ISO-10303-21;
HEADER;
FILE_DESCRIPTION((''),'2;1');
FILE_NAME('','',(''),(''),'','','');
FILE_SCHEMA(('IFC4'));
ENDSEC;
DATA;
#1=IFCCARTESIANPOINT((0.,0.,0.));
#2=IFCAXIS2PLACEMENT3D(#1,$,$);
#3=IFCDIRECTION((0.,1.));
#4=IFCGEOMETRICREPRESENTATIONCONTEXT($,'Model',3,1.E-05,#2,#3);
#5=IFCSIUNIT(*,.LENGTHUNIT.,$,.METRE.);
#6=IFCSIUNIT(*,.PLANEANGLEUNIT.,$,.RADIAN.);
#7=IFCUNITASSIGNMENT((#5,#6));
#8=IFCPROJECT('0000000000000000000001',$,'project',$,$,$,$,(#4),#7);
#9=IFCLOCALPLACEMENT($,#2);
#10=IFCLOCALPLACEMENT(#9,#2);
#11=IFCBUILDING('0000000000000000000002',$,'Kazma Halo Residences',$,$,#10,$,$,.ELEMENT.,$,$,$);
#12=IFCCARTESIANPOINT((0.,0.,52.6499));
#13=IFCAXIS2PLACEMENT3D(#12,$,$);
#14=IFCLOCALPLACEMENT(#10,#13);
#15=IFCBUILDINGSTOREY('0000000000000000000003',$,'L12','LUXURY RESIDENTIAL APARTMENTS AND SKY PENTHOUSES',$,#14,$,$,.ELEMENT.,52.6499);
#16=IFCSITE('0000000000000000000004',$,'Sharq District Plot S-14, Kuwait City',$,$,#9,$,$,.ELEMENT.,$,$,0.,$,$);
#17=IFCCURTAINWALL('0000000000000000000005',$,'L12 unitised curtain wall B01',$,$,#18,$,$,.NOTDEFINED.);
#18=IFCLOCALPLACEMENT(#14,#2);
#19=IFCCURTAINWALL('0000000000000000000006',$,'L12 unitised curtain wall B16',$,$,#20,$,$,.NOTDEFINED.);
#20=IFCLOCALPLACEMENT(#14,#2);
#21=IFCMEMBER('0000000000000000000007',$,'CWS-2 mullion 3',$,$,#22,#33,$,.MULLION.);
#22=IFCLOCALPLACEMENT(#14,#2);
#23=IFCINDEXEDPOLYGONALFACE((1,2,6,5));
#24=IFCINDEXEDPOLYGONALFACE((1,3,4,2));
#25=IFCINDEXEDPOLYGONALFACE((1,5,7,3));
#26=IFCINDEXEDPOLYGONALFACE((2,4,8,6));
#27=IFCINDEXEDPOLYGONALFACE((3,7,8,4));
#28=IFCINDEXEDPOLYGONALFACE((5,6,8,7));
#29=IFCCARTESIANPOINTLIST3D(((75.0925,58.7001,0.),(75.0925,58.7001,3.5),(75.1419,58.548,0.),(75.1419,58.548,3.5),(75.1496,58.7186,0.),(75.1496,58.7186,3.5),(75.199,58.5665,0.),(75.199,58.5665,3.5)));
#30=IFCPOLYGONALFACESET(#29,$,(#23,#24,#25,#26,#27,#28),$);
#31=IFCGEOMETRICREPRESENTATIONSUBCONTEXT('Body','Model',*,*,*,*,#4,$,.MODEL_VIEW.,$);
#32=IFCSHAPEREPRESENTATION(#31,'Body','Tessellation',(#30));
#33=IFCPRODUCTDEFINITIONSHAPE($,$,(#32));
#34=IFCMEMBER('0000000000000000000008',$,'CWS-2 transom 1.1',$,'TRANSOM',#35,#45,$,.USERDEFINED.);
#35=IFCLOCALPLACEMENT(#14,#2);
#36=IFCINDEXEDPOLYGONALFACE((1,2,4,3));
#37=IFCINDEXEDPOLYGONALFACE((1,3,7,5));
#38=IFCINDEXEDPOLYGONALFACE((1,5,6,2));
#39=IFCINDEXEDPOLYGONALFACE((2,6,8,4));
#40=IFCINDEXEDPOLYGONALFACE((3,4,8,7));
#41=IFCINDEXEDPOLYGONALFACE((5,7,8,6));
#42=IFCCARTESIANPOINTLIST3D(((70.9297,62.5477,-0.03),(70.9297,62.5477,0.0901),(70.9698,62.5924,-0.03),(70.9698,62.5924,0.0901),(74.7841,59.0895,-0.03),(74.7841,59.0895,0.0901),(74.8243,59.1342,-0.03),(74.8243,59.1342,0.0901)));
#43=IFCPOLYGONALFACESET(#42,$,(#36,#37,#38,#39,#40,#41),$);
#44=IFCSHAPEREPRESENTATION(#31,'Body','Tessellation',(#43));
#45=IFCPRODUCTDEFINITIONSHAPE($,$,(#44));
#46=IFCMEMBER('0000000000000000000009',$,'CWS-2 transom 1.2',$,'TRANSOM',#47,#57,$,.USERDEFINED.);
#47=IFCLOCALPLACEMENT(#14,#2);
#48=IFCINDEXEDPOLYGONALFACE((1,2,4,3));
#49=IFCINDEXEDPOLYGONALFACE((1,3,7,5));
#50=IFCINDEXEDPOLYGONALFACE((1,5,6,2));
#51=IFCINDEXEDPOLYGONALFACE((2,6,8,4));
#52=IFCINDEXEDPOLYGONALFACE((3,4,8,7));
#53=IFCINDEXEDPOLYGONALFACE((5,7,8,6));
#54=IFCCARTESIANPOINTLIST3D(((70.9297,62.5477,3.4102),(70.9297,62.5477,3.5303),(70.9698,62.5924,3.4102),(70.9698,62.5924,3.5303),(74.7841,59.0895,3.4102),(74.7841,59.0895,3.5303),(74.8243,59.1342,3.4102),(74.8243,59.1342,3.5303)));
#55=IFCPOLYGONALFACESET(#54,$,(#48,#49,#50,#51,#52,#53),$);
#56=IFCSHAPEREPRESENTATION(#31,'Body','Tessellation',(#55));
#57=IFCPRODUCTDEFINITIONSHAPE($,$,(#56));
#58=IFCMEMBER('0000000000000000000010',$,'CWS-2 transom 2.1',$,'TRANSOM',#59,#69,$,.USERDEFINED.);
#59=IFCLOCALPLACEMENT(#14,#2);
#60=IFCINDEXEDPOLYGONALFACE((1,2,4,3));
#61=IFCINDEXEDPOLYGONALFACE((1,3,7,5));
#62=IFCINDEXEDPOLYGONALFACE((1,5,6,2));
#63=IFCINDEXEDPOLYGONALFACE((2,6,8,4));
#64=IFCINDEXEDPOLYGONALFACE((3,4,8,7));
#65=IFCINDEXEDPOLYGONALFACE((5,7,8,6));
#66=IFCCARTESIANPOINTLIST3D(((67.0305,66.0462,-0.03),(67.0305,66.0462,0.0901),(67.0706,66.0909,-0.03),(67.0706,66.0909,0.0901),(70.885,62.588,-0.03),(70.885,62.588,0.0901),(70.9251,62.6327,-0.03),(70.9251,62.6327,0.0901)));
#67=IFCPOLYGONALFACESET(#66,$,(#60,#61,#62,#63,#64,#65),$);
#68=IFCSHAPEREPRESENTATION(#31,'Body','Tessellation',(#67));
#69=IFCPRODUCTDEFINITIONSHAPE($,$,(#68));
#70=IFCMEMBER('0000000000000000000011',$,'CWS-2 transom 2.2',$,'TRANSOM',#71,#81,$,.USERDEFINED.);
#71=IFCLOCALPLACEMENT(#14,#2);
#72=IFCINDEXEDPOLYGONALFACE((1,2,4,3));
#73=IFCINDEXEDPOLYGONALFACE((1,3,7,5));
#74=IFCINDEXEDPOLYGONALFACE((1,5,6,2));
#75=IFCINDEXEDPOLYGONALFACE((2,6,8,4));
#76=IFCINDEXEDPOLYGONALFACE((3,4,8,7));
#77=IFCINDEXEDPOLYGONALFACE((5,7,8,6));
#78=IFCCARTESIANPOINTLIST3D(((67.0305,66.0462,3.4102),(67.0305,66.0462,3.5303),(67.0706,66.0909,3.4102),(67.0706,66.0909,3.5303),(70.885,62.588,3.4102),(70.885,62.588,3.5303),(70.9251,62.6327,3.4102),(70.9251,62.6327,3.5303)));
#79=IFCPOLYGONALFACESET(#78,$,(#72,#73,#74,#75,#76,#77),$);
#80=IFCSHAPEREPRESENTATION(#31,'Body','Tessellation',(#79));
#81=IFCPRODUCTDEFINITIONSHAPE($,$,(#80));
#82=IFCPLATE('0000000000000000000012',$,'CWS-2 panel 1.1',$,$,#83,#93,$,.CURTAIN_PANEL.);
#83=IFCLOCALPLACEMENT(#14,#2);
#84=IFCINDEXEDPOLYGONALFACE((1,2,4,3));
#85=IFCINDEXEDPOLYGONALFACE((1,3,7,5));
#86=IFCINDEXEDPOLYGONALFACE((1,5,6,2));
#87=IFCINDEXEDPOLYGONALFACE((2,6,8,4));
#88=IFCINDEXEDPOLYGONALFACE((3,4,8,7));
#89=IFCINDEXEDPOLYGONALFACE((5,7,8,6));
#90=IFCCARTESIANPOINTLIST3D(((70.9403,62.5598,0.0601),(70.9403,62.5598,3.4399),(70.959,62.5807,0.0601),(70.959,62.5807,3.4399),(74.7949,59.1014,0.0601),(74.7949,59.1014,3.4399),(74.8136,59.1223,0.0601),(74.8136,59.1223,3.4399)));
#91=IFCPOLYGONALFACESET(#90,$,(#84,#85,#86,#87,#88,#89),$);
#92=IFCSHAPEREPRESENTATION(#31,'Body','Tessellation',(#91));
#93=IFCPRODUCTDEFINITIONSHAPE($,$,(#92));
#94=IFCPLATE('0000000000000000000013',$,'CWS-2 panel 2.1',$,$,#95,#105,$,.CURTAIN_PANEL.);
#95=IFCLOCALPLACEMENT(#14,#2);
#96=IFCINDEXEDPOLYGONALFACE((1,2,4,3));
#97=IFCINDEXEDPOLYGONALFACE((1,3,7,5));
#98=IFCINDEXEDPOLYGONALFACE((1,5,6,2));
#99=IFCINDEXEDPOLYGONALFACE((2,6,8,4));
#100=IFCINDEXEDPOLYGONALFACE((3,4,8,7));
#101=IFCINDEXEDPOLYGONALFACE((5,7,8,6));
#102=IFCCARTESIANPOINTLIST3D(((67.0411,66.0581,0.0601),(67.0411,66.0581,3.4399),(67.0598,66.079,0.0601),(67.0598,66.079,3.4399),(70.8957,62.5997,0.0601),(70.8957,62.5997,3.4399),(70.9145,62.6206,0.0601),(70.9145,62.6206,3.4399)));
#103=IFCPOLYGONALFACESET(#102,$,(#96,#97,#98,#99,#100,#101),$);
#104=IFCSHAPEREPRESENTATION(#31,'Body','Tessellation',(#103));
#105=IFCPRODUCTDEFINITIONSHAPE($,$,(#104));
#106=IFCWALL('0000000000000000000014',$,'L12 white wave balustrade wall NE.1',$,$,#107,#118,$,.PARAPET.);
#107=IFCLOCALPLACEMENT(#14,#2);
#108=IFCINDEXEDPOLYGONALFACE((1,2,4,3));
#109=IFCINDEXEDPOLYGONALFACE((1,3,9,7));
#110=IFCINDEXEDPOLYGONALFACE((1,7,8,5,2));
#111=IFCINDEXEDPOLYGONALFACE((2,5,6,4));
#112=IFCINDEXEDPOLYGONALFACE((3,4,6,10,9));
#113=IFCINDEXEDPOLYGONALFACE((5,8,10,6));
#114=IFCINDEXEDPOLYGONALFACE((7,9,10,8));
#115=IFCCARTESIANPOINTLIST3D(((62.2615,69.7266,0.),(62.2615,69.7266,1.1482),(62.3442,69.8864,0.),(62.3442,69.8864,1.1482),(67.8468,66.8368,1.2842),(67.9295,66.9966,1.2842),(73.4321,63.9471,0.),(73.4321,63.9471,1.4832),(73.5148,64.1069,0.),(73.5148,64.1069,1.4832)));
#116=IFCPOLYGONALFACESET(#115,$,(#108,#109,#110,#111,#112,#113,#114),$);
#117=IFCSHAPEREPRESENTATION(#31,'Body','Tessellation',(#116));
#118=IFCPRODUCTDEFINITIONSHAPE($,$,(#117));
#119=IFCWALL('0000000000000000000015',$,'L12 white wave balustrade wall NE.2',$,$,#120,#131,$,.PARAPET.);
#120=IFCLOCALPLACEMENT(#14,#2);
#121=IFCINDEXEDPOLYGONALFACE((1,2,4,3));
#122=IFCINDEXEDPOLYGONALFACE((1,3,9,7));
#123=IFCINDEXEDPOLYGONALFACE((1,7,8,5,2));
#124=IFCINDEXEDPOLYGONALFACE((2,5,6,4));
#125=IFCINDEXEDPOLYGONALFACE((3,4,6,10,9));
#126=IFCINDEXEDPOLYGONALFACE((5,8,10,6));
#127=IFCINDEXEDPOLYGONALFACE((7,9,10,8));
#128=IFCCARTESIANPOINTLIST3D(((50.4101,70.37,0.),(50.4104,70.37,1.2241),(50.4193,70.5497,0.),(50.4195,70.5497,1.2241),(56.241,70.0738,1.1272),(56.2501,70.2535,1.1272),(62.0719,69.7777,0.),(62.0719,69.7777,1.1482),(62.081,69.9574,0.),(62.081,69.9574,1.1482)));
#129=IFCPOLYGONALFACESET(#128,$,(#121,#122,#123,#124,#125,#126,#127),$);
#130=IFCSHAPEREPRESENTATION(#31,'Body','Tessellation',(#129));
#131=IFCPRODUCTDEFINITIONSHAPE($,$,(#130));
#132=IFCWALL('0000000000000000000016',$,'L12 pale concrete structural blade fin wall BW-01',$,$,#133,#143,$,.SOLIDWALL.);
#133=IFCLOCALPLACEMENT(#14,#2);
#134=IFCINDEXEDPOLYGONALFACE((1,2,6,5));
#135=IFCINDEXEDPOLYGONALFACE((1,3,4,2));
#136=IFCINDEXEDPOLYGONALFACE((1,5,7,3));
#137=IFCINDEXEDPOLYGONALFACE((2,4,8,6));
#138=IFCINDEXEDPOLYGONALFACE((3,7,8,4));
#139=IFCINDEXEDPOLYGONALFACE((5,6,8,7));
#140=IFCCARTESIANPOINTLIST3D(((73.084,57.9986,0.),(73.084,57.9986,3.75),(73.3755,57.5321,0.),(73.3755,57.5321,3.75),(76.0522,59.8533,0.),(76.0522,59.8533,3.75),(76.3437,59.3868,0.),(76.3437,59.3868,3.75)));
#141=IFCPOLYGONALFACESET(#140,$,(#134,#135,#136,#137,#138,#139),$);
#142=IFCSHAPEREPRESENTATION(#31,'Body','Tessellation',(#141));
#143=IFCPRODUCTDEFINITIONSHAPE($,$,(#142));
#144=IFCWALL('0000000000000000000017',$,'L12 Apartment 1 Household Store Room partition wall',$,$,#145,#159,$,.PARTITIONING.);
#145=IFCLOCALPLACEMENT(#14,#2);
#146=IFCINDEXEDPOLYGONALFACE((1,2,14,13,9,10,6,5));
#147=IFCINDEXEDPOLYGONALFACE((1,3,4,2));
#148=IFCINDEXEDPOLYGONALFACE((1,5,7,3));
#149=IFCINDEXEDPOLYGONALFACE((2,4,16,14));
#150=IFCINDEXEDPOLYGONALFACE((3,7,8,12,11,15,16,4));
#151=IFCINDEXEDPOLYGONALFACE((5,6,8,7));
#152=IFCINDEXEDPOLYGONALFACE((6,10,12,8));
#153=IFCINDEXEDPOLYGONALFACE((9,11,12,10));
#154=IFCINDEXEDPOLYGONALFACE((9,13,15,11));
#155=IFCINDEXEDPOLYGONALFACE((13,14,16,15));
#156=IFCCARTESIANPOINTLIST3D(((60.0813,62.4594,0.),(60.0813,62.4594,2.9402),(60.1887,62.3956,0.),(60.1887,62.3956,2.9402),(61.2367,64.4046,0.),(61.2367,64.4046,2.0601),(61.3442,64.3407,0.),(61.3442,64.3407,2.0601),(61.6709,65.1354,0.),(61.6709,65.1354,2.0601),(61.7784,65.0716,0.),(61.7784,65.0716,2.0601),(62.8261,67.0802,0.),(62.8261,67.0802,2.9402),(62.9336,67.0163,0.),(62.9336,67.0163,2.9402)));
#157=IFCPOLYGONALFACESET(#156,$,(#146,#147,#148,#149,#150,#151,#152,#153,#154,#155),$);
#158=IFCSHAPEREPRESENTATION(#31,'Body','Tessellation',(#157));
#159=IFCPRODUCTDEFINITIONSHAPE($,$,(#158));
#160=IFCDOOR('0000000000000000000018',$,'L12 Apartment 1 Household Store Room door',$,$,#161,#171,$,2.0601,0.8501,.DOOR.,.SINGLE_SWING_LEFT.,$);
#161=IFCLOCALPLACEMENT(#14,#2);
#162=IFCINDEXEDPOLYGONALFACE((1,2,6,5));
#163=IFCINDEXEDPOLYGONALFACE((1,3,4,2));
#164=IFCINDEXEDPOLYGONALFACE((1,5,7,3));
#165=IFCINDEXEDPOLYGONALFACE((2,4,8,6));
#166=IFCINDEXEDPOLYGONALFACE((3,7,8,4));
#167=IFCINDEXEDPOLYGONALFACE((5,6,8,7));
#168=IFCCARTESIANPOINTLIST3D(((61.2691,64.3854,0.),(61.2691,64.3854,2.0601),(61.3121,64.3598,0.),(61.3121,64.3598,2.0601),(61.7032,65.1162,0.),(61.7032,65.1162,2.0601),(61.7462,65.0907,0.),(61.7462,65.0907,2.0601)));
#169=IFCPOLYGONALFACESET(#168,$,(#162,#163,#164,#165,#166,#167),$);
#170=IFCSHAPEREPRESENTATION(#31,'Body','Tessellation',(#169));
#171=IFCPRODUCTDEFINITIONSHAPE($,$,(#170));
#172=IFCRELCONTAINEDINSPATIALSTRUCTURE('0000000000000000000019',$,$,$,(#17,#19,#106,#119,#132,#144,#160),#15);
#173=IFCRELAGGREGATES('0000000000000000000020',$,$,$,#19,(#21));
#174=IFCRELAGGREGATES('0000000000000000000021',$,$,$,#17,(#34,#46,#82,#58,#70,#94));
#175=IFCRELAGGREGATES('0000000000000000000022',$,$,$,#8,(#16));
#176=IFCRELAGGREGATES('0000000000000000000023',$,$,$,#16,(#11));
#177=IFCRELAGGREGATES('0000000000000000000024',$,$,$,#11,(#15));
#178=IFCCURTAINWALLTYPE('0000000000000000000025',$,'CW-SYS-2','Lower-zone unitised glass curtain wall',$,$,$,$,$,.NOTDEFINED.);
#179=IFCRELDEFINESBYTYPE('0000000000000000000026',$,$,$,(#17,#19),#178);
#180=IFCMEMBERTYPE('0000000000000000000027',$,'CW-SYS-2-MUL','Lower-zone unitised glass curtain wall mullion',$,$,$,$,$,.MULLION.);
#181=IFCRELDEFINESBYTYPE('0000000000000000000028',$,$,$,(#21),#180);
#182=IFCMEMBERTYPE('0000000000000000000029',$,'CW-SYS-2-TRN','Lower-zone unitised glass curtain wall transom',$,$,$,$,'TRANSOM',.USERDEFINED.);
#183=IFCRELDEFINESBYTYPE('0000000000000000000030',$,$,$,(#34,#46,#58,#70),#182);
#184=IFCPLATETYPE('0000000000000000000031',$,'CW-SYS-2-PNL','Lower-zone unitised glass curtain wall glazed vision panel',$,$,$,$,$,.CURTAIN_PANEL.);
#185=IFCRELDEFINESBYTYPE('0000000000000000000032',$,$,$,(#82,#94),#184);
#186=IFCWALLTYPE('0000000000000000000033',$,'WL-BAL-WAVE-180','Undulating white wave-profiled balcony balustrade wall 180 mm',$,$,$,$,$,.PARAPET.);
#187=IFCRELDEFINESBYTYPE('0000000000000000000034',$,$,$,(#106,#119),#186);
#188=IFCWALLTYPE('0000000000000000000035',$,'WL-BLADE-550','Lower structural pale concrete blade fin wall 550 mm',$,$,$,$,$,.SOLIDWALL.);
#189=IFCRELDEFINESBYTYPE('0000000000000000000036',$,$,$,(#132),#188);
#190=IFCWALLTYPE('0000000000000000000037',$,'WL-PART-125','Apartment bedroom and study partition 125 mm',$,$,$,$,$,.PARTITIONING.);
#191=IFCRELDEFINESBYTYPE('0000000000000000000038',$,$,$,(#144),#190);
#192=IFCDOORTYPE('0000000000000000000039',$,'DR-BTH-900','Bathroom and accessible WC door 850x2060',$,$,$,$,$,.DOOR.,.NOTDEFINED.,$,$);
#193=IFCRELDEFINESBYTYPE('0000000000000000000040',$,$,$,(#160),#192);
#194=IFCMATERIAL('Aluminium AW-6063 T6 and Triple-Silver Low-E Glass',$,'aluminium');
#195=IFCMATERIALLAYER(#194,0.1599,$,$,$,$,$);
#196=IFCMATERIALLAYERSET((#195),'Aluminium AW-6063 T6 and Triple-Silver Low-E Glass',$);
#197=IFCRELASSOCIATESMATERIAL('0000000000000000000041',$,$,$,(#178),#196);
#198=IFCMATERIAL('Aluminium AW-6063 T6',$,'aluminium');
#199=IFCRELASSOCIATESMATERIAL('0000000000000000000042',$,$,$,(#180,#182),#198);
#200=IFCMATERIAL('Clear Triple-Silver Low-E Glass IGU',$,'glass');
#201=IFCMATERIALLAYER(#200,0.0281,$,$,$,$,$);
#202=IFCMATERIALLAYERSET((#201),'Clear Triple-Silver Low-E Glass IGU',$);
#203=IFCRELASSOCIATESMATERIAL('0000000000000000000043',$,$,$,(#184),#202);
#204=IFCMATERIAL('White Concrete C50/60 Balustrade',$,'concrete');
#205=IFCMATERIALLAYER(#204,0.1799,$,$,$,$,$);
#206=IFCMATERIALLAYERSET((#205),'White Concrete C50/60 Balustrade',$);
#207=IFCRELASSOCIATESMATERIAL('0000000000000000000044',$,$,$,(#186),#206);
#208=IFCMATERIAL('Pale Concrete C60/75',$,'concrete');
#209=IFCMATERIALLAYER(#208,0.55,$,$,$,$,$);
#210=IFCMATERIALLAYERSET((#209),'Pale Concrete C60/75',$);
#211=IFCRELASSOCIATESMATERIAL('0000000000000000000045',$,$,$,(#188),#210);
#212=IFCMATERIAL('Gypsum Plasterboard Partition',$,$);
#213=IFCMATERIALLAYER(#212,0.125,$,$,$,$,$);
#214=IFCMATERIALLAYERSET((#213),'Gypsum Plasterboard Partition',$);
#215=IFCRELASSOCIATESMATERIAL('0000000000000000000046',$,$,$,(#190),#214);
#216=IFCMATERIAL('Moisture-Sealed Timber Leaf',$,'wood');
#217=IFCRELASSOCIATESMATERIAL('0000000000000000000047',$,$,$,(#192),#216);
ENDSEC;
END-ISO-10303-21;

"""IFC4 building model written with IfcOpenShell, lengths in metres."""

from ifc_helpers import new_model, si_unit, direction, frame, frame_2d, origin, origin_2d, place, context, subcontext, project, spatial, polyline, rectangle, outline, extrude, material, layer, layer_set, material_profile, profile_set, type_object, element, fill, aggregate, save


model = new_model("IFC4")

# Units and contexts
model_context = context("Model", 3, precision=1e-05, world=origin(), true_north=direction((0.0, 1.0)))
body_context = subcontext(model_context, "Body", "Model", "MODEL_VIEW")
ifc_project = project(units=[si_unit("LENGTHUNIT", "METRE"), si_unit("PLANEANGLEUNIT", "RADIAN")], contexts=[model_context])

# Site, building, storey
site_placement = place(None, origin())
site = spatial("IfcSite", under=ifc_project, at=site_placement, Name="Sharq District Plot S-14, Kuwait City", CompositionType="ELEMENT", RefElevation=0.0)
building_placement = place(site_placement, origin())
building = spatial("IfcBuilding", under=site, at=building_placement, Name="Kazma Halo Residences", CompositionType="ELEMENT")
storey_placement = place(building_placement, frame((0.0, 0.0, 52.6499)))
storey = spatial("IfcBuildingStorey", under=building, at=storey_placement, Name="L12", Description="LUXURY RESIDENTIAL APARTMENTS AND SKY PENTHOUSES", CompositionType="ELEMENT", Elevation=52.6499)

# Curtain wall
ifc_material_1 = material(Name="Aluminium AW-6063 T6 and Triple-Silver Low-E Glass", Category="aluminium")
ifc_layer_1 = layer(ifc_material_1, 0.1599)
ifc_layer_set_1 = layer_set([ifc_layer_1], Name="Aluminium AW-6063 T6 and Triple-Silver Low-E Glass")
curtain_wall_type = type_object("IfcCurtainWallType", Name="CW-SYS-2", Description="Lower-zone unitised glass curtain wall", PredefinedType="NOTDEFINED", material=ifc_layer_set_1)
curtain_wall_1_placement = place(storey_placement, origin())
curtain_wall_1 = element("IfcCurtainWall", 1, at=curtain_wall_1_placement, inside=storey, type_object=curtain_wall_type, Name="L12 unitised curtain wall B01", PredefinedType="NOTDEFINED")
ifc_material_2 = material(Name="Aluminium AW-6063 T6", Category="aluminium")
ifc_material_profile_1 = material_profile(ifc_material_2, rectangle(XDim=0.0601, YDim=0.1599, at=origin_2d()), Name="CWM-60x160")
ifc_profile_set_1 = profile_set([ifc_material_profile_1], Name="Aluminium AW-6063 T6")
member_type_1 = type_object("IfcMemberType", Name="CW-SYS-2-MUL", Description="Lower-zone unitised glass curtain wall mullion", PredefinedType="MULLION", material=ifc_profile_set_1)

# Curtain wall, member
curtain_wall_2_placement = place(storey_placement, origin())
curtain_wall_2 = element("IfcCurtainWall", 2, at=curtain_wall_2_placement, inside=storey, type_object=curtain_wall_type, Name="L12 unitised curtain wall B16", PredefinedType="NOTDEFINED")
member_1_placement = place(storey_placement, frame((75.1458, 58.6333, 0.0), z_axis=(0.0, 0.0, 1.0), x_axis=(-0.951057, -0.309017, 0.0)))
member_1 = element("IfcMember", 3, at=member_1_placement, type_object=member_type_1, Name="CWS-2 mullion 3", PredefinedType="MULLION", context=body_context, shape_type="SweptSolid", body=[
    extrude(rectangle(XDim=0.0601, YDim=0.1599, at=origin_2d()), origin(), (0.0, 0.0, 1.0), 3.5),
])
aggregate(curtain_wall_2, [member_1])

# Members
ifc_material_profile_2 = material_profile(ifc_material_2, rectangle(XDim=0.0601, YDim=0.1201, at=origin_2d()), Name="CWT-60x120")
ifc_profile_set_2 = profile_set([ifc_material_profile_2], Name="Aluminium AW-6063 T6")
member_type_2 = type_object("IfcMemberType", Name="CW-SYS-2-TRN", Description="Lower-zone unitised glass curtain wall transom", ElementType="TRANSOM", PredefinedType="USERDEFINED", material=ifc_profile_set_2)
member_2_placement = place(storey_placement, frame((74.8042, 59.1118, 0.03), z_axis=(-0.744329, 0.667813, 0.0), x_axis=(-0.667813, -0.744329, 0.0)))
member_2 = element("IfcMember", 4, at=member_2_placement, type_object=member_type_2, Name="CWS-2 transom 1.1", ObjectType="TRANSOM", PredefinedType="USERDEFINED", context=body_context, shape_type="SweptSolid", body=[
    extrude(rectangle(XDim=0.0601, YDim=0.1201, at=origin_2d()), origin(), (0.0, 0.0, 1.0), 5.1785),
])
member_3_placement = place(storey_placement, frame((74.8042, 59.1118, 3.4702), z_axis=(-0.744329, 0.667813, 0.0), x_axis=(-0.667813, -0.744329, 0.0)))
member_3 = element("IfcMember", 5, at=member_3_placement, type_object=member_type_2, Name="CWS-2 transom 1.2", ObjectType="TRANSOM", PredefinedType="USERDEFINED", context=body_context, shape_type="SweptSolid", body=[
    extrude(rectangle(XDim=0.0601, YDim=0.1201, at=origin_2d()), origin(), (0.0, 0.0, 1.0), 5.1785),
])
member_4_placement = place(storey_placement, frame((70.905, 62.6104, 0.03), z_axis=(-0.744329, 0.667813, 0.0), x_axis=(-0.667813, -0.744329, 0.0)))
member_4 = element("IfcMember", 6, at=member_4_placement, type_object=member_type_2, Name="CWS-2 transom 2.1", ObjectType="TRANSOM", PredefinedType="USERDEFINED", context=body_context, shape_type="SweptSolid", body=[
    extrude(rectangle(XDim=0.0601, YDim=0.1201, at=origin_2d()), origin(), (0.0, 0.0, 1.0), 5.1785),
])
member_5_placement = place(storey_placement, frame((70.905, 62.6104, 3.4702), z_axis=(-0.744329, 0.667813, 0.0), x_axis=(-0.667813, -0.744329, 0.0)))
member_5 = element("IfcMember", 7, at=member_5_placement, type_object=member_type_2, Name="CWS-2 transom 2.2", ObjectType="TRANSOM", PredefinedType="USERDEFINED", context=body_context, shape_type="SweptSolid", body=[
    extrude(rectangle(XDim=0.0601, YDim=0.1201, at=origin_2d()), origin(), (0.0, 0.0, 1.0), 5.1785),
])

# Plates
ifc_material_3 = material(Name="Clear Triple-Silver Low-E Glass IGU", Category="glass")
ifc_layer_2 = layer(ifc_material_3, 0.0281)
ifc_layer_set_2 = layer_set([ifc_layer_2], Name="Clear Triple-Silver Low-E Glass IGU")
plate_type = type_object("IfcPlateType", Name="CW-SYS-2-PNL", Description="Lower-zone unitised glass curtain wall glazed vision panel", PredefinedType="CURTAIN_PANEL", material=ifc_layer_set_2)
plate_1_placement = place(storey_placement, frame((72.877, 60.8411, 0.0601), z_axis=(0.0, 0.0, 1.0), x_axis=(-0.744322, 0.667821, 0.0)))
plate_1 = element("IfcPlate", 8, at=plate_1_placement, type_object=plate_type, Name="CWS-2 panel 1.1", PredefinedType="CURTAIN_PANEL", context=body_context, shape_type="SweptSolid", body=[
    extrude(rectangle(XDim=5.1787, YDim=0.0281, at=origin_2d()), origin(), (0.0, 0.0, 1.0), 3.3799),
])
plate_2_placement = place(storey_placement, frame((68.9778, 64.3394, 0.0601), z_axis=(0.0, 0.0, 1.0), x_axis=(-0.744322, 0.667821, 0.0)))
plate_2 = element("IfcPlate", 9, at=plate_2_placement, type_object=plate_type, Name="CWS-2 panel 2.1", PredefinedType="CURTAIN_PANEL", context=body_context, shape_type="SweptSolid", body=[
    extrude(rectangle(XDim=5.1787, YDim=0.0281, at=origin_2d()), origin(), (0.0, 0.0, 1.0), 3.3799),
])
aggregate(curtain_wall_1, [member_2, member_3, plate_1, member_4, member_5, plate_2])

# Walls
ifc_material_4 = material(Name="White Concrete C50/60 Balustrade", Category="concrete")
ifc_layer_3 = layer(ifc_material_4, 0.1799)
ifc_layer_set_3 = layer_set([ifc_layer_3], Name="White Concrete C50/60 Balustrade")
wall_type_1 = type_object("IfcWallType", Name="WL-BAL-WAVE-180", Description="Undulating white wave-profiled balcony balustrade wall 180 mm", PredefinedType="PARAPET", material=ifc_layer_set_3)
wall_1_placement = place(storey_placement, frame((73.4734, 64.0269, 0.0), z_axis=(0.0, 0.0, 1.0), x_axis=(-0.888165, 0.459524, 0.0)))
element("IfcWall", 10, at=wall_1_placement, inside=storey, type_object=wall_type_1, Name="L12 white wave balustrade wall NE.1", PredefinedType="PARAPET", context=body_context, shape_type="SweptSolid", body=[
    extrude(outline(polyline([(0.0, 0.0), (12.5771, 0.0), (12.5771, 1.1482), (6.2886, 1.2842), (0.0, 1.4832), (0.0, 0.0)])), frame((0.0, 0.0898, 0.0), z_axis=(0.0, -1.0, 0.0), x_axis=(1.0, 0.0, 0.0)), (0.0, 0.0, 1.0), 0.1799),
])
wall_2_placement = place(storey_placement, frame((62.0764, 69.8674, 0.0), z_axis=(0.0, 0.0, 1.0), x_axis=(-0.998713, 0.050724, 0.0)))
element("IfcWall", 11, at=wall_2_placement, inside=storey, type_object=wall_type_1, Name="L12 white wave balustrade wall NE.2", PredefinedType="PARAPET", context=body_context, shape_type="SweptSolid", body=[
    extrude(outline(polyline([(0.0, 0.0), (11.6768, 0.0), (11.6765, 1.2241), (5.8384, 1.1272), (0.0, 1.1482), (0.0, 0.0)])), frame((0.0, 0.0898, 0.0), z_axis=(0.0, -1.0, 0.0), x_axis=(1.0, 0.0, 0.0)), (0.0, 0.0, 1.0), 0.1799),
])
ifc_material_5 = material(Name="Pale Concrete C60/75", Category="concrete")
ifc_layer_4 = layer(ifc_material_5, 0.55)
ifc_layer_set_4 = layer_set([ifc_layer_4], Name="Pale Concrete C60/75")
wall_type_2 = type_object("IfcWallType", Name="WL-BLADE-550", Description="Lower structural pale concrete blade fin wall 550 mm", PredefinedType="SOLIDWALL", material=ifc_layer_set_4)
wall_3_placement = place(storey_placement, frame((73.2297, 57.7654, 0.0), z_axis=(0.0, 0.0, 1.0), x_axis=(0.848053, 0.529911, 0.0)))
element("IfcWall", 12, at=wall_3_placement, inside=storey, type_object=wall_type_2, Name="L12 pale concrete structural blade fin wall BW-01", PredefinedType="SOLIDWALL", context=body_context, shape_type="SweptSolid", body=[
    extrude(rectangle(XDim=3.5, YDim=0.55, at=frame_2d((1.75, 0.0))), origin(), (0.0, 0.0, 1.0), 3.75),
])

# Wall, opening, door
ifc_material_6 = material(Name="Gypsum Plasterboard Partition")
ifc_layer_5 = layer(ifc_material_6, 0.125)
ifc_layer_set_5 = layer_set([ifc_layer_5], Name="Gypsum Plasterboard Partition")
wall_type_3 = type_object("IfcWallType", Name="WL-PART-125", Description="Apartment bedroom and study partition 125 mm", PredefinedType="PARTITIONING", material=ifc_layer_set_5)
wall_4_placement = place(storey_placement, frame((60.135, 62.4275, 0.0), z_axis=(0.0, 0.0, 1.0), x_axis=(0.51071, 0.859753, 0.0)))
wall_4 = element("IfcWall", 13, at=wall_4_placement, inside=storey, type_object=wall_type_3, Name="L12 Apartment 1 Household Store Room partition wall", PredefinedType="PARTITIONING", context=body_context, shape_type="SweptSolid", body=[
    extrude(rectangle(XDim=5.3745, YDim=0.125, at=frame_2d((2.6873, 0.0))), origin(), (0.0, 0.0, 1.0), 2.9402),
])
opening_1_placement = place(wall_4_placement, frame((2.2625, 0.0, 0.0)))
opening_1 = element("IfcOpeningElement", 14, at=opening_1_placement, cuts=wall_4, PredefinedType="OPENING", context=body_context, shape_type="SweptSolid", body=[
    extrude(rectangle(XDim=0.8501, YDim=2.0601, at=frame_2d((0.425, 1.03))), frame((0.0, 0.0725, 0.0), z_axis=(0.0, -1.0, 0.0), x_axis=(1.0, 0.0, 0.0)), (0.0, 0.0, 1.0), 0.145),
])
ifc_material_7 = material(Name="Moisture-Sealed Timber Leaf", Category="wood")
door_type_1 = type_object("IfcDoorType", Name="DR-BTH-900", Description="Bathroom and accessible WC door 850x2060", OperationType="NOTDEFINED", PredefinedType="DOOR", material=ifc_material_7)
door_1_placement = place(opening_1_placement, origin())
door_1 = element("IfcDoor", 15, at=door_1_placement, inside=storey, type_object=door_type_1, Name="L12 Apartment 1 Household Store Room door", OperationType="SINGLE_SWING_LEFT", OverallHeight=2.0601, OverallWidth=0.8501, PredefinedType="DOOR", context=body_context, shape_type="SweptSolid", body=[
    extrude(rectangle(XDim=0.8501, YDim=2.0601, at=frame_2d((0.425, 1.03))), frame((0.0, 0.0249, 0.0), z_axis=(0.0, -1.0, 0.0), x_axis=(1.0, 0.0, 0.0)), (0.0, 0.0, 1.0), 0.05),
])
fill(opening_1, door_1)

save(model, "model.ifc")
